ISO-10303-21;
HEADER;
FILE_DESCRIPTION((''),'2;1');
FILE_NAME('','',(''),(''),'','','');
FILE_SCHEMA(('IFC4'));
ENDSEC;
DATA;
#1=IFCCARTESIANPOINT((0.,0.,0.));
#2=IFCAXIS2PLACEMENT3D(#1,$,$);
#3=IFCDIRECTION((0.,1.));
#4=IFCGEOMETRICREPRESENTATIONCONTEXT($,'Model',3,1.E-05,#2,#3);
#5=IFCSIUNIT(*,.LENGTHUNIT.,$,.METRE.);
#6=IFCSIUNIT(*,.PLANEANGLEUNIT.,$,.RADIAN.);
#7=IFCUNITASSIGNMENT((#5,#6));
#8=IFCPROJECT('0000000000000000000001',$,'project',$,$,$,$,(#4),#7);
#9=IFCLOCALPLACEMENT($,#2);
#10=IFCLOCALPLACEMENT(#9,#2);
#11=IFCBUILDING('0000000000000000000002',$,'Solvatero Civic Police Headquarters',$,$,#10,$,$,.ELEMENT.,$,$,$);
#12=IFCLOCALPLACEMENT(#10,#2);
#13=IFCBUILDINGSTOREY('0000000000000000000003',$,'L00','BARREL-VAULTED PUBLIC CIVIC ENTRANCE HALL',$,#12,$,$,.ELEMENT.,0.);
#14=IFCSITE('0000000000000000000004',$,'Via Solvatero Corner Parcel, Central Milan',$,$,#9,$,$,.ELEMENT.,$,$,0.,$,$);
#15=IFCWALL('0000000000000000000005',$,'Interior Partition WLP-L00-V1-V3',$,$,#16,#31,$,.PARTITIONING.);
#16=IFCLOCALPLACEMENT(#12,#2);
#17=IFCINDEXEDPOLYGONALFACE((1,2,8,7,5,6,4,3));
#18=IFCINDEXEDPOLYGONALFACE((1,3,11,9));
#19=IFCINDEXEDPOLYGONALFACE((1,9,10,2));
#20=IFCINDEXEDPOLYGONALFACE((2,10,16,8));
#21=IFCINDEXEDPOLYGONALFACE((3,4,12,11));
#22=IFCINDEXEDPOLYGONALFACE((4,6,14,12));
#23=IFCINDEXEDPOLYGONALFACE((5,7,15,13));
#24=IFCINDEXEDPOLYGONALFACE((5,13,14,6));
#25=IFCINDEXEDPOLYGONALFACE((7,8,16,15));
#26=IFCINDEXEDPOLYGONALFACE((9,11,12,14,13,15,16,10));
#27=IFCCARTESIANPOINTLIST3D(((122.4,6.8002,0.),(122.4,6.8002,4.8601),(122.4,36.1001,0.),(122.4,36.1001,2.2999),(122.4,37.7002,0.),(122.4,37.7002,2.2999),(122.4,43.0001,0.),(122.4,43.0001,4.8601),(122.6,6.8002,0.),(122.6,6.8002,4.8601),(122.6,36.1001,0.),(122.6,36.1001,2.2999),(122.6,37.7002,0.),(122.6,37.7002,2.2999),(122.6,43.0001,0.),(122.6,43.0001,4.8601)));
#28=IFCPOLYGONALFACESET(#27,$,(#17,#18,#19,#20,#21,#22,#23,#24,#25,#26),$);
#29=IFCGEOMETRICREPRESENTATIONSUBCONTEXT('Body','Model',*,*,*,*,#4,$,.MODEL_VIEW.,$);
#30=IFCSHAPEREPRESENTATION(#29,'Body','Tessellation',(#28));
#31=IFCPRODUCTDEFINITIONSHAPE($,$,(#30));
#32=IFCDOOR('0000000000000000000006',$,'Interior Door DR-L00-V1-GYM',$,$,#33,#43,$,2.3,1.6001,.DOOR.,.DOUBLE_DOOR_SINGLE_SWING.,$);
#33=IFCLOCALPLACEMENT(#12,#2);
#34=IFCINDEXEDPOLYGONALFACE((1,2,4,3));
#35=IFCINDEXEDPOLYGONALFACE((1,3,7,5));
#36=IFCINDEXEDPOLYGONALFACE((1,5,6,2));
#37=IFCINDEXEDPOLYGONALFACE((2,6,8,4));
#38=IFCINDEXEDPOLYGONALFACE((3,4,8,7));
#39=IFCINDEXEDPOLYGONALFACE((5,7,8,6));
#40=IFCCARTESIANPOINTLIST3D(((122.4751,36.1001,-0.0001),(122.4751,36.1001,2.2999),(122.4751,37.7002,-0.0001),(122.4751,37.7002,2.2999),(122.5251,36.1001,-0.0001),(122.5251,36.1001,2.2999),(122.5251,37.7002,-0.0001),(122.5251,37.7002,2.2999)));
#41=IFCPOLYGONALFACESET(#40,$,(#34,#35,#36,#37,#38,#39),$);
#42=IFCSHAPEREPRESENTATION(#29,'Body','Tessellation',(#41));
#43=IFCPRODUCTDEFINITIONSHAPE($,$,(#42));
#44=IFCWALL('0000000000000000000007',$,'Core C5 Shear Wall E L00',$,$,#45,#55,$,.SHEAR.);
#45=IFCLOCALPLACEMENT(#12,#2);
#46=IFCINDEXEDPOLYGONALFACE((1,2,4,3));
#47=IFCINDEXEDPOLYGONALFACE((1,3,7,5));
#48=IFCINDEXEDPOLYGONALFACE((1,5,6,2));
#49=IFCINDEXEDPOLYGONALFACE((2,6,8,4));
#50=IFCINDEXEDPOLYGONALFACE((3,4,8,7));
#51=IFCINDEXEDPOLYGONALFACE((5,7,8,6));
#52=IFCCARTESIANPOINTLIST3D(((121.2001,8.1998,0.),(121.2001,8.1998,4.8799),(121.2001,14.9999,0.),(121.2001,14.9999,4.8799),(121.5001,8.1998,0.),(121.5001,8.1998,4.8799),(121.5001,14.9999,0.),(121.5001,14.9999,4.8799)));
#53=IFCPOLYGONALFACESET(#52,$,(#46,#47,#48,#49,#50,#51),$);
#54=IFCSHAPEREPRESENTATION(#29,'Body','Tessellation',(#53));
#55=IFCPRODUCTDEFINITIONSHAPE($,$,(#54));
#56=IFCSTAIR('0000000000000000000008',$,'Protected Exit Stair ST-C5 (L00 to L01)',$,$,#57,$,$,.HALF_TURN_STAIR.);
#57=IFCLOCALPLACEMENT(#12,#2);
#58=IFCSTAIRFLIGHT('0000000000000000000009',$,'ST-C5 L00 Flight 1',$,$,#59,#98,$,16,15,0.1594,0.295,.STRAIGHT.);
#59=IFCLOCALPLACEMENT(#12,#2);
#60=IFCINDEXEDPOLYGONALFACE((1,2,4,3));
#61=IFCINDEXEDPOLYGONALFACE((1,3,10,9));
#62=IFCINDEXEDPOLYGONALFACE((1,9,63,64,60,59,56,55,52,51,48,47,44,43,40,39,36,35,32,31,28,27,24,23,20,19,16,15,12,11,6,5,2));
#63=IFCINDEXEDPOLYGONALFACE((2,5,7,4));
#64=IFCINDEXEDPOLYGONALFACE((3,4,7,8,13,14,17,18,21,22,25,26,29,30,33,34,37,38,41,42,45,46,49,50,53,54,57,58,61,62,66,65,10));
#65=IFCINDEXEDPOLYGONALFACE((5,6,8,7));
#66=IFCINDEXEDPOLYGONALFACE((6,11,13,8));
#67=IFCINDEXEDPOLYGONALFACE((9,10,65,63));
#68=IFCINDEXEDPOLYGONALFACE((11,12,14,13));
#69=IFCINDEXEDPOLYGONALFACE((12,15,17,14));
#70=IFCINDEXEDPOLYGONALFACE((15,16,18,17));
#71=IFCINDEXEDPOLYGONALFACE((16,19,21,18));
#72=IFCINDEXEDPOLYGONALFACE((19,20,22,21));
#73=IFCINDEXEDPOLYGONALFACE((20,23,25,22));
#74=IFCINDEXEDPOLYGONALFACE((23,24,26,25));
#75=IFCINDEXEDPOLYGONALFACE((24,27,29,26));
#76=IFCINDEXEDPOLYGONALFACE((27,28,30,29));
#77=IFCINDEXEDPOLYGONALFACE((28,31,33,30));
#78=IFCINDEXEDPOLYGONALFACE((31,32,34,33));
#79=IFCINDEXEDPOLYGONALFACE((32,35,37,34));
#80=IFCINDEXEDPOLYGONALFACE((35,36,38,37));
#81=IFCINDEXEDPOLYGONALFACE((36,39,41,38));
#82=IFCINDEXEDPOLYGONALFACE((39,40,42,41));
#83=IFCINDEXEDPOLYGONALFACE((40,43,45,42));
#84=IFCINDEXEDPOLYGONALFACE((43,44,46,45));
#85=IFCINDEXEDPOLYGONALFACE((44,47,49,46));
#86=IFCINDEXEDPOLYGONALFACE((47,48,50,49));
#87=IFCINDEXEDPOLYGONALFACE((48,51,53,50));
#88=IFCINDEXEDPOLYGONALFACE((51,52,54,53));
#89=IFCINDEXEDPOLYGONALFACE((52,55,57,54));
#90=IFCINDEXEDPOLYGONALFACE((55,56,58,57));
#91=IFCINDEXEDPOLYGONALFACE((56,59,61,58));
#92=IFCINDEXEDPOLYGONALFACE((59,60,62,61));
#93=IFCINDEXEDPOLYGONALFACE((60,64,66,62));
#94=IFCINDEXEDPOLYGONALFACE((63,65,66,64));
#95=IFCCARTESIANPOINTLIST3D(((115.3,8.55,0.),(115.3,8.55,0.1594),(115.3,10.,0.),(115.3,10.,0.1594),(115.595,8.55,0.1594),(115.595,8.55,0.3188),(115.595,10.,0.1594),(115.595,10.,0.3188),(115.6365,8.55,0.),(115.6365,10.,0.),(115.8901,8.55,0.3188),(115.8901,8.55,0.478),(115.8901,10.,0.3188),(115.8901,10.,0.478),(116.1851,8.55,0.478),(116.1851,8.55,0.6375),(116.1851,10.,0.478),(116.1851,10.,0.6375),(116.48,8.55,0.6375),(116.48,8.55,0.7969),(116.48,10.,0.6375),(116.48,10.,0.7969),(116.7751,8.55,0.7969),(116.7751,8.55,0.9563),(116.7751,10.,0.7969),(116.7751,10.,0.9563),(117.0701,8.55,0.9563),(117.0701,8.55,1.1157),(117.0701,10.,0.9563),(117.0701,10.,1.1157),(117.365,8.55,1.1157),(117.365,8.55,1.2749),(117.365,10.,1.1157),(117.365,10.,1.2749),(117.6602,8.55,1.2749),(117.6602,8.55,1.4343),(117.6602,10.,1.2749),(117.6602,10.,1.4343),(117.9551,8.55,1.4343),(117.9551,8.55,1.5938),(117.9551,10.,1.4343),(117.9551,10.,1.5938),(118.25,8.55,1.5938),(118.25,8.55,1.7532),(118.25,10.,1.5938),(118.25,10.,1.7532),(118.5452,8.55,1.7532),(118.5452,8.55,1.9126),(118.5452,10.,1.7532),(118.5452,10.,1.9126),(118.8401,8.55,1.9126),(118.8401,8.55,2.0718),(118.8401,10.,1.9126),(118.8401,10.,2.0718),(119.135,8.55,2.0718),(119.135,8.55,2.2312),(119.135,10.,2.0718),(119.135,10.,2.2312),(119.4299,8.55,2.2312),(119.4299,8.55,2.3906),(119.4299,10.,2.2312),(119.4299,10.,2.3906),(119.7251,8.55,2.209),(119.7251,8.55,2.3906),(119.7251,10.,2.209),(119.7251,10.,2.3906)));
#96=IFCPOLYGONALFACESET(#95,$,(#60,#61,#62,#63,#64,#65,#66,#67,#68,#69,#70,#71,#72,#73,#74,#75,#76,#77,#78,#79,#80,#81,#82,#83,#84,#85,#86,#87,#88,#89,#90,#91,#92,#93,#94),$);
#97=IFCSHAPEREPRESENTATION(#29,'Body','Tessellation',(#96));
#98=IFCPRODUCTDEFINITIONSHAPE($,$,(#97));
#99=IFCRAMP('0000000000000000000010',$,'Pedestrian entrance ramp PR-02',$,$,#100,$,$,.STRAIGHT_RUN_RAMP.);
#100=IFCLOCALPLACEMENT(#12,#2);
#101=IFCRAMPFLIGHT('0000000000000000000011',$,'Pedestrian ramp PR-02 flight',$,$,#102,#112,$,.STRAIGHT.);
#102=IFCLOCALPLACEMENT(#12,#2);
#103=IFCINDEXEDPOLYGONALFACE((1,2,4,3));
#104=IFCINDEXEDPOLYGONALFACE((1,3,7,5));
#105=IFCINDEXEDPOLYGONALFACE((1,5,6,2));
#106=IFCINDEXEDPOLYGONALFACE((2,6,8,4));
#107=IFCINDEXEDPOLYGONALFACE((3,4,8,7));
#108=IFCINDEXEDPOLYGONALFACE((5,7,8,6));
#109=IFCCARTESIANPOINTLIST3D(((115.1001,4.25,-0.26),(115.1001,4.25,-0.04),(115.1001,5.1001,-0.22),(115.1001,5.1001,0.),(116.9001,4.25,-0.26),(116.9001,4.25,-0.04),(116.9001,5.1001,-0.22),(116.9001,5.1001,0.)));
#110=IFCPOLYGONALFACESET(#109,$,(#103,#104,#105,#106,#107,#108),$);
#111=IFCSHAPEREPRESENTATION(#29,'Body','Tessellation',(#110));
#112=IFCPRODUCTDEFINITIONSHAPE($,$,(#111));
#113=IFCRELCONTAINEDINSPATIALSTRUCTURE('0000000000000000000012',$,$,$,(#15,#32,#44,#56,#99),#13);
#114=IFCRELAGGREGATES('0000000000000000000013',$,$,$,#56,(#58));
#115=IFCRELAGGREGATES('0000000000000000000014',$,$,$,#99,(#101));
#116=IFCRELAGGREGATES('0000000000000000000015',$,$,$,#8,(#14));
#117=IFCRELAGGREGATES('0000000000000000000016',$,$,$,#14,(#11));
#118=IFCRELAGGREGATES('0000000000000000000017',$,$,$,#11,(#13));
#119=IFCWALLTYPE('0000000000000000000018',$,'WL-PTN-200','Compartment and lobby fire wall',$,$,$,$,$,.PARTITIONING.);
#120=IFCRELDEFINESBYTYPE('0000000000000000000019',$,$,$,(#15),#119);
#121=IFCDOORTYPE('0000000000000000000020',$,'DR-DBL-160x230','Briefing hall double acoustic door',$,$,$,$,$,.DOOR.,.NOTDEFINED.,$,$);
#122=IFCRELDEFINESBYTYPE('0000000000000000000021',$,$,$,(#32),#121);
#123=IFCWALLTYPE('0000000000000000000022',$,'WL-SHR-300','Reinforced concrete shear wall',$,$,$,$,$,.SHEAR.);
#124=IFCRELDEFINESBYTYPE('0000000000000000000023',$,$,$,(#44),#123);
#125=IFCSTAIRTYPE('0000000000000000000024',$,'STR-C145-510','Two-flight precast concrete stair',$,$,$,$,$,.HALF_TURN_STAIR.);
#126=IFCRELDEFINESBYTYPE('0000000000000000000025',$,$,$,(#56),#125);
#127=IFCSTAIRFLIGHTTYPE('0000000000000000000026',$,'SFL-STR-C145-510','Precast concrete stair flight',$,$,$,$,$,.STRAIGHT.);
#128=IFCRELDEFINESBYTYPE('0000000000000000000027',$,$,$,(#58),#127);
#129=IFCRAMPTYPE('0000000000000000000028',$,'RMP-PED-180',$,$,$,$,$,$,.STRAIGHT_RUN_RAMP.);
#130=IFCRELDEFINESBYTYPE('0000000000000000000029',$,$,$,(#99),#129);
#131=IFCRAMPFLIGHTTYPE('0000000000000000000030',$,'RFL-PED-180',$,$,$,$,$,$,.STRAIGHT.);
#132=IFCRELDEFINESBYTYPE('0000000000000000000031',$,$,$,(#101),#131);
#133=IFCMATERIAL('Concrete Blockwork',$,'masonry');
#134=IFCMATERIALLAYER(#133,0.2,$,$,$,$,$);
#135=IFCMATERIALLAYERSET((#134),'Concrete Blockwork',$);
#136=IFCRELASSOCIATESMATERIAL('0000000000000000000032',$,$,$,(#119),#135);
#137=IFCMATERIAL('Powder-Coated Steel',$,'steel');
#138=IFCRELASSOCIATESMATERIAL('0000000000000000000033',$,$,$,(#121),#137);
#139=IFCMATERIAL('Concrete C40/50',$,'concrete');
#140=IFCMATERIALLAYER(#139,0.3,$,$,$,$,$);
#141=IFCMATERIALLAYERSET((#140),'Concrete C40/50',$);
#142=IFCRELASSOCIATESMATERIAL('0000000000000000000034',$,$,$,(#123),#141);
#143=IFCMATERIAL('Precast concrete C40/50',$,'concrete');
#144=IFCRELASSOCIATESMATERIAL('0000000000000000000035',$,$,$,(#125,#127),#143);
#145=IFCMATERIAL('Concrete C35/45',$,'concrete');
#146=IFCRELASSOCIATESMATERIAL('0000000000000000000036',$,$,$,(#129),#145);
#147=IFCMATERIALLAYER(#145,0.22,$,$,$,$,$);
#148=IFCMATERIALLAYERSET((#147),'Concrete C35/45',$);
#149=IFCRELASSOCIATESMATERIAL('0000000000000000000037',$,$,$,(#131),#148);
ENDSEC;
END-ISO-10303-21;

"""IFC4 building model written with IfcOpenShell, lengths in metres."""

from ifc_helpers import new_model, si_unit, direction, frame, frame_2d, origin, place, context, subcontext, project, spatial, polyline, rectangle, outline, extrude, material, layer, layer_set, type_object, element, fill, aggregate, save


model = new_model("IFC4")

# Units and contexts
model_context = context("Model", 3, precision=1e-05, world=origin(), true_north=direction((0.0, 1.0)))
body_context = subcontext(model_context, "Body", "Model", "MODEL_VIEW")
ifc_project = project(units=[si_unit("LENGTHUNIT", "METRE"), si_unit("PLANEANGLEUNIT", "RADIAN")], contexts=[model_context])

# Site, building, storey
site_placement = place(None, origin())
site = spatial("IfcSite", under=ifc_project, at=site_placement, Name="Via Solvatero Corner Parcel, Central Milan", CompositionType="ELEMENT", RefElevation=0.0)
building_placement = place(site_placement, origin())
building = spatial("IfcBuilding", under=site, at=building_placement, Name="Solvatero Civic Police Headquarters", CompositionType="ELEMENT")
storey_placement = place(building_placement, origin())
storey = spatial("IfcBuildingStorey", under=building, at=storey_placement, Name="L00", Description="BARREL-VAULTED PUBLIC CIVIC ENTRANCE HALL", CompositionType="ELEMENT", Elevation=0.0)

# Shared definitions
ifc_material_1 = material(Name="Concrete C40/50", Category="concrete")

# Wall, opening, door
ifc_material_2 = material(Name="Concrete Blockwork", Category="masonry")
ifc_layer_1 = layer(ifc_material_2, 0.2)
ifc_layer_set_1 = layer_set([ifc_layer_1], Name="Concrete Blockwork")
wall_type_1 = type_object("IfcWallType", Name="WL-PTN-200", Description="Compartment and lobby fire wall", PredefinedType="PARTITIONING", material=ifc_layer_set_1)
wall_1_placement = place(storey_placement, frame((122.5, 6.8, 0.0), z_axis=(0.0, 0.0, 1.0), x_axis=(0.0, 1.0, 0.0)))
wall_1 = element("IfcWall", 1, at=wall_1_placement, inside=storey, type_object=wall_type_1, Name="Interior Partition WLP-L00-V1-V3", PredefinedType="PARTITIONING", context=body_context, shape_type="SweptSolid", body=[
    extrude(rectangle(XDim=36.2, YDim=0.2, at=frame_2d((18.1001, 0.0))), origin(), (0.0, 0.0, 1.0), 4.8601),
])
opening_1_placement = place(wall_1_placement, frame((29.3, 0.0, 0.0)))
opening_1 = element("IfcOpeningElement", 2, at=opening_1_placement, cuts=wall_1, PredefinedType="OPENING", context=body_context, shape_type="SweptSolid", body=[
    extrude(rectangle(XDim=1.6001, YDim=2.3, at=frame_2d((0.8, 1.1499))), frame((0.0, 0.1099, 0.0), z_axis=(0.0, -1.0, 0.0), x_axis=(1.0, 0.0, 0.0)), (0.0, 0.0, 1.0), 0.22),
])
ifc_material_3 = material(Name="Powder-Coated Steel", Category="steel")
door_type_1 = type_object("IfcDoorType", Name="DR-DBL-160x230", Description="Briefing hall double acoustic door", OperationType="NOTDEFINED", PredefinedType="DOOR", material=ifc_material_3)
door_1_placement = place(opening_1_placement, origin())
door_1 = element("IfcDoor", 3, at=door_1_placement, inside=storey, type_object=door_type_1, Name="Interior Door DR-L00-V1-GYM", OperationType="DOUBLE_DOOR_SINGLE_SWING", OverallHeight=2.3, OverallWidth=1.6001, PredefinedType="DOOR", context=body_context, shape_type="SweptSolid", body=[
    extrude(rectangle(XDim=1.6001, YDim=2.3, at=frame_2d((0.8, 1.1499))), frame((0.0, 0.0249, 0.0), z_axis=(0.0, -1.0, 0.0), x_axis=(1.0, 0.0, 0.0)), (0.0, 0.0, 1.0), 0.05),
])
fill(opening_1, door_1)

# Wall
ifc_layer_2 = layer(ifc_material_1, 0.3)
ifc_layer_set_2 = layer_set([ifc_layer_2], Name="Concrete C40/50")
wall_type_2 = type_object("IfcWallType", Name="WL-SHR-300", Description="Reinforced concrete shear wall", PredefinedType="SHEAR", material=ifc_layer_set_2)
wall_2_placement = place(storey_placement, frame((121.3501, 8.2, 0.0), z_axis=(0.0, 0.0, 1.0), x_axis=(0.0, 1.0, 0.0)))
element("IfcWall", 4, at=wall_2_placement, inside=storey, type_object=wall_type_2, Name="Core C5 Shear Wall E L00", PredefinedType="SHEAR", context=body_context, shape_type="SweptSolid", body=[
    extrude(rectangle(XDim=6.8, YDim=0.3, at=frame_2d((3.3999, 0.0))), origin(), (0.0, 0.0, 1.0), 4.8799),
])

# Stair, stair flight
ifc_material_4 = material(Name="Precast concrete C40/50", Category="concrete")
stair_type = type_object("IfcStairType", Name="STR-C145-510", Description="Two-flight precast concrete stair", PredefinedType="HALF_TURN_STAIR", material=ifc_material_4)
stair_placement = place(storey_placement, origin())
stair = element("IfcStair", 5, at=stair_placement, inside=storey, type_object=stair_type, Name="Protected Exit Stair ST-C5 (L00 to L01)", PredefinedType="HALF_TURN_STAIR")
stair_flight_type = type_object("IfcStairFlightType", Name="SFL-STR-C145-510", Description="Precast concrete stair flight", PredefinedType="STRAIGHT", material=ifc_material_4)
stair_flight_placement = place(storey_placement, frame((115.3, 9.2749, 0.0), z_axis=(0.0, 0.0, 1.0), x_axis=(1.0, 0.0, 0.0)))
stair_flight = element("IfcStairFlight", 6, at=stair_flight_placement, type_object=stair_flight_type, Name="ST-C5 L00 Flight 1", NumberOfRisers=16, NumberOfTreads=15, PredefinedType="STRAIGHT", RiserHeight=0.1594, TreadLength=0.295, context=body_context, shape_type="SweptSolid", body=[
    extrude(outline(polyline([(0.0, 0.0), (0.0, 0.1594), (0.2949, 0.1594), (0.2949, 0.3188), (0.5901, 0.3188), (0.5901, 0.478), (0.885, 0.478), (0.885, 0.6375), (1.1799, 0.6375), (1.1799, 0.7969), (1.4751, 0.7969), (1.4751, 0.9563), (1.77, 0.9563), (1.77, 1.1157), (2.0649, 1.1157), (2.0649, 1.2749), (2.3601, 1.2749), (2.3601, 1.4343), (2.655, 1.4343), (2.655, 1.5938), (2.95, 1.5938), (2.95, 1.7532), (3.2451, 1.7532), (3.2451, 1.9126), (3.54, 1.9126), (3.54, 2.0718), (3.835, 2.0718), (3.835, 2.2312), (4.1299, 2.2312), (4.1299, 2.3906), (4.425, 2.3906), (4.425, 2.55), (4.425, 2.209), (0.3364, 0.0), (0.0, 0.0)])), frame((0.0, 0.7251, 0.0), z_axis=(0.0, -1.0, 0.0), x_axis=(1.0, 0.0, 0.0)), (0.0, 0.0, 1.0), 1.45),
])
aggregate(stair, [stair_flight])

# Ramp, ramp flight
ifc_material_5 = material(Name="Concrete C35/45", Category="concrete")
ramp_type = type_object("IfcRampType", Name="RMP-PED-180", PredefinedType="STRAIGHT_RUN_RAMP", material=ifc_material_5)
ramp_placement = place(storey_placement, origin())
ramp = element("IfcRamp", 7, at=ramp_placement, inside=storey, type_object=ramp_type, Name="Pedestrian entrance ramp PR-02", PredefinedType="STRAIGHT_RUN_RAMP")
ifc_layer_3 = layer(ifc_material_5, 0.22)
ifc_layer_set_3 = layer_set([ifc_layer_3], Name="Concrete C35/45")
ramp_flight_type = type_object("IfcRampFlightType", Name="RFL-PED-180", PredefinedType="STRAIGHT", material=ifc_layer_set_3)
ramp_flight_placement = place(storey_placement, frame((116.0, 4.25, -0.04), z_axis=(0.0, 0.0, 1.0), x_axis=(0.0, 1.0, 0.0)))
ramp_flight = element("IfcRampFlight", 8, at=ramp_flight_placement, type_object=ramp_flight_type, Name="Pedestrian ramp PR-02 flight", PredefinedType="STRAIGHT", context=body_context, shape_type="SweptSolid", body=[
    extrude(outline(polyline([(0.0, 0.0), (0.8501, 0.04), (0.8501, -0.1799), (0.0, -0.22), (0.0, 0.0)])), frame((0.0, 0.8999, 0.0), z_axis=(0.0, -1.0, 0.0), x_axis=(1.0, 0.0, 0.0)), (0.0, 0.0, 1.0), 1.8),
])
aggregate(ramp, [ramp_flight])

save(model, "model.ifc")
